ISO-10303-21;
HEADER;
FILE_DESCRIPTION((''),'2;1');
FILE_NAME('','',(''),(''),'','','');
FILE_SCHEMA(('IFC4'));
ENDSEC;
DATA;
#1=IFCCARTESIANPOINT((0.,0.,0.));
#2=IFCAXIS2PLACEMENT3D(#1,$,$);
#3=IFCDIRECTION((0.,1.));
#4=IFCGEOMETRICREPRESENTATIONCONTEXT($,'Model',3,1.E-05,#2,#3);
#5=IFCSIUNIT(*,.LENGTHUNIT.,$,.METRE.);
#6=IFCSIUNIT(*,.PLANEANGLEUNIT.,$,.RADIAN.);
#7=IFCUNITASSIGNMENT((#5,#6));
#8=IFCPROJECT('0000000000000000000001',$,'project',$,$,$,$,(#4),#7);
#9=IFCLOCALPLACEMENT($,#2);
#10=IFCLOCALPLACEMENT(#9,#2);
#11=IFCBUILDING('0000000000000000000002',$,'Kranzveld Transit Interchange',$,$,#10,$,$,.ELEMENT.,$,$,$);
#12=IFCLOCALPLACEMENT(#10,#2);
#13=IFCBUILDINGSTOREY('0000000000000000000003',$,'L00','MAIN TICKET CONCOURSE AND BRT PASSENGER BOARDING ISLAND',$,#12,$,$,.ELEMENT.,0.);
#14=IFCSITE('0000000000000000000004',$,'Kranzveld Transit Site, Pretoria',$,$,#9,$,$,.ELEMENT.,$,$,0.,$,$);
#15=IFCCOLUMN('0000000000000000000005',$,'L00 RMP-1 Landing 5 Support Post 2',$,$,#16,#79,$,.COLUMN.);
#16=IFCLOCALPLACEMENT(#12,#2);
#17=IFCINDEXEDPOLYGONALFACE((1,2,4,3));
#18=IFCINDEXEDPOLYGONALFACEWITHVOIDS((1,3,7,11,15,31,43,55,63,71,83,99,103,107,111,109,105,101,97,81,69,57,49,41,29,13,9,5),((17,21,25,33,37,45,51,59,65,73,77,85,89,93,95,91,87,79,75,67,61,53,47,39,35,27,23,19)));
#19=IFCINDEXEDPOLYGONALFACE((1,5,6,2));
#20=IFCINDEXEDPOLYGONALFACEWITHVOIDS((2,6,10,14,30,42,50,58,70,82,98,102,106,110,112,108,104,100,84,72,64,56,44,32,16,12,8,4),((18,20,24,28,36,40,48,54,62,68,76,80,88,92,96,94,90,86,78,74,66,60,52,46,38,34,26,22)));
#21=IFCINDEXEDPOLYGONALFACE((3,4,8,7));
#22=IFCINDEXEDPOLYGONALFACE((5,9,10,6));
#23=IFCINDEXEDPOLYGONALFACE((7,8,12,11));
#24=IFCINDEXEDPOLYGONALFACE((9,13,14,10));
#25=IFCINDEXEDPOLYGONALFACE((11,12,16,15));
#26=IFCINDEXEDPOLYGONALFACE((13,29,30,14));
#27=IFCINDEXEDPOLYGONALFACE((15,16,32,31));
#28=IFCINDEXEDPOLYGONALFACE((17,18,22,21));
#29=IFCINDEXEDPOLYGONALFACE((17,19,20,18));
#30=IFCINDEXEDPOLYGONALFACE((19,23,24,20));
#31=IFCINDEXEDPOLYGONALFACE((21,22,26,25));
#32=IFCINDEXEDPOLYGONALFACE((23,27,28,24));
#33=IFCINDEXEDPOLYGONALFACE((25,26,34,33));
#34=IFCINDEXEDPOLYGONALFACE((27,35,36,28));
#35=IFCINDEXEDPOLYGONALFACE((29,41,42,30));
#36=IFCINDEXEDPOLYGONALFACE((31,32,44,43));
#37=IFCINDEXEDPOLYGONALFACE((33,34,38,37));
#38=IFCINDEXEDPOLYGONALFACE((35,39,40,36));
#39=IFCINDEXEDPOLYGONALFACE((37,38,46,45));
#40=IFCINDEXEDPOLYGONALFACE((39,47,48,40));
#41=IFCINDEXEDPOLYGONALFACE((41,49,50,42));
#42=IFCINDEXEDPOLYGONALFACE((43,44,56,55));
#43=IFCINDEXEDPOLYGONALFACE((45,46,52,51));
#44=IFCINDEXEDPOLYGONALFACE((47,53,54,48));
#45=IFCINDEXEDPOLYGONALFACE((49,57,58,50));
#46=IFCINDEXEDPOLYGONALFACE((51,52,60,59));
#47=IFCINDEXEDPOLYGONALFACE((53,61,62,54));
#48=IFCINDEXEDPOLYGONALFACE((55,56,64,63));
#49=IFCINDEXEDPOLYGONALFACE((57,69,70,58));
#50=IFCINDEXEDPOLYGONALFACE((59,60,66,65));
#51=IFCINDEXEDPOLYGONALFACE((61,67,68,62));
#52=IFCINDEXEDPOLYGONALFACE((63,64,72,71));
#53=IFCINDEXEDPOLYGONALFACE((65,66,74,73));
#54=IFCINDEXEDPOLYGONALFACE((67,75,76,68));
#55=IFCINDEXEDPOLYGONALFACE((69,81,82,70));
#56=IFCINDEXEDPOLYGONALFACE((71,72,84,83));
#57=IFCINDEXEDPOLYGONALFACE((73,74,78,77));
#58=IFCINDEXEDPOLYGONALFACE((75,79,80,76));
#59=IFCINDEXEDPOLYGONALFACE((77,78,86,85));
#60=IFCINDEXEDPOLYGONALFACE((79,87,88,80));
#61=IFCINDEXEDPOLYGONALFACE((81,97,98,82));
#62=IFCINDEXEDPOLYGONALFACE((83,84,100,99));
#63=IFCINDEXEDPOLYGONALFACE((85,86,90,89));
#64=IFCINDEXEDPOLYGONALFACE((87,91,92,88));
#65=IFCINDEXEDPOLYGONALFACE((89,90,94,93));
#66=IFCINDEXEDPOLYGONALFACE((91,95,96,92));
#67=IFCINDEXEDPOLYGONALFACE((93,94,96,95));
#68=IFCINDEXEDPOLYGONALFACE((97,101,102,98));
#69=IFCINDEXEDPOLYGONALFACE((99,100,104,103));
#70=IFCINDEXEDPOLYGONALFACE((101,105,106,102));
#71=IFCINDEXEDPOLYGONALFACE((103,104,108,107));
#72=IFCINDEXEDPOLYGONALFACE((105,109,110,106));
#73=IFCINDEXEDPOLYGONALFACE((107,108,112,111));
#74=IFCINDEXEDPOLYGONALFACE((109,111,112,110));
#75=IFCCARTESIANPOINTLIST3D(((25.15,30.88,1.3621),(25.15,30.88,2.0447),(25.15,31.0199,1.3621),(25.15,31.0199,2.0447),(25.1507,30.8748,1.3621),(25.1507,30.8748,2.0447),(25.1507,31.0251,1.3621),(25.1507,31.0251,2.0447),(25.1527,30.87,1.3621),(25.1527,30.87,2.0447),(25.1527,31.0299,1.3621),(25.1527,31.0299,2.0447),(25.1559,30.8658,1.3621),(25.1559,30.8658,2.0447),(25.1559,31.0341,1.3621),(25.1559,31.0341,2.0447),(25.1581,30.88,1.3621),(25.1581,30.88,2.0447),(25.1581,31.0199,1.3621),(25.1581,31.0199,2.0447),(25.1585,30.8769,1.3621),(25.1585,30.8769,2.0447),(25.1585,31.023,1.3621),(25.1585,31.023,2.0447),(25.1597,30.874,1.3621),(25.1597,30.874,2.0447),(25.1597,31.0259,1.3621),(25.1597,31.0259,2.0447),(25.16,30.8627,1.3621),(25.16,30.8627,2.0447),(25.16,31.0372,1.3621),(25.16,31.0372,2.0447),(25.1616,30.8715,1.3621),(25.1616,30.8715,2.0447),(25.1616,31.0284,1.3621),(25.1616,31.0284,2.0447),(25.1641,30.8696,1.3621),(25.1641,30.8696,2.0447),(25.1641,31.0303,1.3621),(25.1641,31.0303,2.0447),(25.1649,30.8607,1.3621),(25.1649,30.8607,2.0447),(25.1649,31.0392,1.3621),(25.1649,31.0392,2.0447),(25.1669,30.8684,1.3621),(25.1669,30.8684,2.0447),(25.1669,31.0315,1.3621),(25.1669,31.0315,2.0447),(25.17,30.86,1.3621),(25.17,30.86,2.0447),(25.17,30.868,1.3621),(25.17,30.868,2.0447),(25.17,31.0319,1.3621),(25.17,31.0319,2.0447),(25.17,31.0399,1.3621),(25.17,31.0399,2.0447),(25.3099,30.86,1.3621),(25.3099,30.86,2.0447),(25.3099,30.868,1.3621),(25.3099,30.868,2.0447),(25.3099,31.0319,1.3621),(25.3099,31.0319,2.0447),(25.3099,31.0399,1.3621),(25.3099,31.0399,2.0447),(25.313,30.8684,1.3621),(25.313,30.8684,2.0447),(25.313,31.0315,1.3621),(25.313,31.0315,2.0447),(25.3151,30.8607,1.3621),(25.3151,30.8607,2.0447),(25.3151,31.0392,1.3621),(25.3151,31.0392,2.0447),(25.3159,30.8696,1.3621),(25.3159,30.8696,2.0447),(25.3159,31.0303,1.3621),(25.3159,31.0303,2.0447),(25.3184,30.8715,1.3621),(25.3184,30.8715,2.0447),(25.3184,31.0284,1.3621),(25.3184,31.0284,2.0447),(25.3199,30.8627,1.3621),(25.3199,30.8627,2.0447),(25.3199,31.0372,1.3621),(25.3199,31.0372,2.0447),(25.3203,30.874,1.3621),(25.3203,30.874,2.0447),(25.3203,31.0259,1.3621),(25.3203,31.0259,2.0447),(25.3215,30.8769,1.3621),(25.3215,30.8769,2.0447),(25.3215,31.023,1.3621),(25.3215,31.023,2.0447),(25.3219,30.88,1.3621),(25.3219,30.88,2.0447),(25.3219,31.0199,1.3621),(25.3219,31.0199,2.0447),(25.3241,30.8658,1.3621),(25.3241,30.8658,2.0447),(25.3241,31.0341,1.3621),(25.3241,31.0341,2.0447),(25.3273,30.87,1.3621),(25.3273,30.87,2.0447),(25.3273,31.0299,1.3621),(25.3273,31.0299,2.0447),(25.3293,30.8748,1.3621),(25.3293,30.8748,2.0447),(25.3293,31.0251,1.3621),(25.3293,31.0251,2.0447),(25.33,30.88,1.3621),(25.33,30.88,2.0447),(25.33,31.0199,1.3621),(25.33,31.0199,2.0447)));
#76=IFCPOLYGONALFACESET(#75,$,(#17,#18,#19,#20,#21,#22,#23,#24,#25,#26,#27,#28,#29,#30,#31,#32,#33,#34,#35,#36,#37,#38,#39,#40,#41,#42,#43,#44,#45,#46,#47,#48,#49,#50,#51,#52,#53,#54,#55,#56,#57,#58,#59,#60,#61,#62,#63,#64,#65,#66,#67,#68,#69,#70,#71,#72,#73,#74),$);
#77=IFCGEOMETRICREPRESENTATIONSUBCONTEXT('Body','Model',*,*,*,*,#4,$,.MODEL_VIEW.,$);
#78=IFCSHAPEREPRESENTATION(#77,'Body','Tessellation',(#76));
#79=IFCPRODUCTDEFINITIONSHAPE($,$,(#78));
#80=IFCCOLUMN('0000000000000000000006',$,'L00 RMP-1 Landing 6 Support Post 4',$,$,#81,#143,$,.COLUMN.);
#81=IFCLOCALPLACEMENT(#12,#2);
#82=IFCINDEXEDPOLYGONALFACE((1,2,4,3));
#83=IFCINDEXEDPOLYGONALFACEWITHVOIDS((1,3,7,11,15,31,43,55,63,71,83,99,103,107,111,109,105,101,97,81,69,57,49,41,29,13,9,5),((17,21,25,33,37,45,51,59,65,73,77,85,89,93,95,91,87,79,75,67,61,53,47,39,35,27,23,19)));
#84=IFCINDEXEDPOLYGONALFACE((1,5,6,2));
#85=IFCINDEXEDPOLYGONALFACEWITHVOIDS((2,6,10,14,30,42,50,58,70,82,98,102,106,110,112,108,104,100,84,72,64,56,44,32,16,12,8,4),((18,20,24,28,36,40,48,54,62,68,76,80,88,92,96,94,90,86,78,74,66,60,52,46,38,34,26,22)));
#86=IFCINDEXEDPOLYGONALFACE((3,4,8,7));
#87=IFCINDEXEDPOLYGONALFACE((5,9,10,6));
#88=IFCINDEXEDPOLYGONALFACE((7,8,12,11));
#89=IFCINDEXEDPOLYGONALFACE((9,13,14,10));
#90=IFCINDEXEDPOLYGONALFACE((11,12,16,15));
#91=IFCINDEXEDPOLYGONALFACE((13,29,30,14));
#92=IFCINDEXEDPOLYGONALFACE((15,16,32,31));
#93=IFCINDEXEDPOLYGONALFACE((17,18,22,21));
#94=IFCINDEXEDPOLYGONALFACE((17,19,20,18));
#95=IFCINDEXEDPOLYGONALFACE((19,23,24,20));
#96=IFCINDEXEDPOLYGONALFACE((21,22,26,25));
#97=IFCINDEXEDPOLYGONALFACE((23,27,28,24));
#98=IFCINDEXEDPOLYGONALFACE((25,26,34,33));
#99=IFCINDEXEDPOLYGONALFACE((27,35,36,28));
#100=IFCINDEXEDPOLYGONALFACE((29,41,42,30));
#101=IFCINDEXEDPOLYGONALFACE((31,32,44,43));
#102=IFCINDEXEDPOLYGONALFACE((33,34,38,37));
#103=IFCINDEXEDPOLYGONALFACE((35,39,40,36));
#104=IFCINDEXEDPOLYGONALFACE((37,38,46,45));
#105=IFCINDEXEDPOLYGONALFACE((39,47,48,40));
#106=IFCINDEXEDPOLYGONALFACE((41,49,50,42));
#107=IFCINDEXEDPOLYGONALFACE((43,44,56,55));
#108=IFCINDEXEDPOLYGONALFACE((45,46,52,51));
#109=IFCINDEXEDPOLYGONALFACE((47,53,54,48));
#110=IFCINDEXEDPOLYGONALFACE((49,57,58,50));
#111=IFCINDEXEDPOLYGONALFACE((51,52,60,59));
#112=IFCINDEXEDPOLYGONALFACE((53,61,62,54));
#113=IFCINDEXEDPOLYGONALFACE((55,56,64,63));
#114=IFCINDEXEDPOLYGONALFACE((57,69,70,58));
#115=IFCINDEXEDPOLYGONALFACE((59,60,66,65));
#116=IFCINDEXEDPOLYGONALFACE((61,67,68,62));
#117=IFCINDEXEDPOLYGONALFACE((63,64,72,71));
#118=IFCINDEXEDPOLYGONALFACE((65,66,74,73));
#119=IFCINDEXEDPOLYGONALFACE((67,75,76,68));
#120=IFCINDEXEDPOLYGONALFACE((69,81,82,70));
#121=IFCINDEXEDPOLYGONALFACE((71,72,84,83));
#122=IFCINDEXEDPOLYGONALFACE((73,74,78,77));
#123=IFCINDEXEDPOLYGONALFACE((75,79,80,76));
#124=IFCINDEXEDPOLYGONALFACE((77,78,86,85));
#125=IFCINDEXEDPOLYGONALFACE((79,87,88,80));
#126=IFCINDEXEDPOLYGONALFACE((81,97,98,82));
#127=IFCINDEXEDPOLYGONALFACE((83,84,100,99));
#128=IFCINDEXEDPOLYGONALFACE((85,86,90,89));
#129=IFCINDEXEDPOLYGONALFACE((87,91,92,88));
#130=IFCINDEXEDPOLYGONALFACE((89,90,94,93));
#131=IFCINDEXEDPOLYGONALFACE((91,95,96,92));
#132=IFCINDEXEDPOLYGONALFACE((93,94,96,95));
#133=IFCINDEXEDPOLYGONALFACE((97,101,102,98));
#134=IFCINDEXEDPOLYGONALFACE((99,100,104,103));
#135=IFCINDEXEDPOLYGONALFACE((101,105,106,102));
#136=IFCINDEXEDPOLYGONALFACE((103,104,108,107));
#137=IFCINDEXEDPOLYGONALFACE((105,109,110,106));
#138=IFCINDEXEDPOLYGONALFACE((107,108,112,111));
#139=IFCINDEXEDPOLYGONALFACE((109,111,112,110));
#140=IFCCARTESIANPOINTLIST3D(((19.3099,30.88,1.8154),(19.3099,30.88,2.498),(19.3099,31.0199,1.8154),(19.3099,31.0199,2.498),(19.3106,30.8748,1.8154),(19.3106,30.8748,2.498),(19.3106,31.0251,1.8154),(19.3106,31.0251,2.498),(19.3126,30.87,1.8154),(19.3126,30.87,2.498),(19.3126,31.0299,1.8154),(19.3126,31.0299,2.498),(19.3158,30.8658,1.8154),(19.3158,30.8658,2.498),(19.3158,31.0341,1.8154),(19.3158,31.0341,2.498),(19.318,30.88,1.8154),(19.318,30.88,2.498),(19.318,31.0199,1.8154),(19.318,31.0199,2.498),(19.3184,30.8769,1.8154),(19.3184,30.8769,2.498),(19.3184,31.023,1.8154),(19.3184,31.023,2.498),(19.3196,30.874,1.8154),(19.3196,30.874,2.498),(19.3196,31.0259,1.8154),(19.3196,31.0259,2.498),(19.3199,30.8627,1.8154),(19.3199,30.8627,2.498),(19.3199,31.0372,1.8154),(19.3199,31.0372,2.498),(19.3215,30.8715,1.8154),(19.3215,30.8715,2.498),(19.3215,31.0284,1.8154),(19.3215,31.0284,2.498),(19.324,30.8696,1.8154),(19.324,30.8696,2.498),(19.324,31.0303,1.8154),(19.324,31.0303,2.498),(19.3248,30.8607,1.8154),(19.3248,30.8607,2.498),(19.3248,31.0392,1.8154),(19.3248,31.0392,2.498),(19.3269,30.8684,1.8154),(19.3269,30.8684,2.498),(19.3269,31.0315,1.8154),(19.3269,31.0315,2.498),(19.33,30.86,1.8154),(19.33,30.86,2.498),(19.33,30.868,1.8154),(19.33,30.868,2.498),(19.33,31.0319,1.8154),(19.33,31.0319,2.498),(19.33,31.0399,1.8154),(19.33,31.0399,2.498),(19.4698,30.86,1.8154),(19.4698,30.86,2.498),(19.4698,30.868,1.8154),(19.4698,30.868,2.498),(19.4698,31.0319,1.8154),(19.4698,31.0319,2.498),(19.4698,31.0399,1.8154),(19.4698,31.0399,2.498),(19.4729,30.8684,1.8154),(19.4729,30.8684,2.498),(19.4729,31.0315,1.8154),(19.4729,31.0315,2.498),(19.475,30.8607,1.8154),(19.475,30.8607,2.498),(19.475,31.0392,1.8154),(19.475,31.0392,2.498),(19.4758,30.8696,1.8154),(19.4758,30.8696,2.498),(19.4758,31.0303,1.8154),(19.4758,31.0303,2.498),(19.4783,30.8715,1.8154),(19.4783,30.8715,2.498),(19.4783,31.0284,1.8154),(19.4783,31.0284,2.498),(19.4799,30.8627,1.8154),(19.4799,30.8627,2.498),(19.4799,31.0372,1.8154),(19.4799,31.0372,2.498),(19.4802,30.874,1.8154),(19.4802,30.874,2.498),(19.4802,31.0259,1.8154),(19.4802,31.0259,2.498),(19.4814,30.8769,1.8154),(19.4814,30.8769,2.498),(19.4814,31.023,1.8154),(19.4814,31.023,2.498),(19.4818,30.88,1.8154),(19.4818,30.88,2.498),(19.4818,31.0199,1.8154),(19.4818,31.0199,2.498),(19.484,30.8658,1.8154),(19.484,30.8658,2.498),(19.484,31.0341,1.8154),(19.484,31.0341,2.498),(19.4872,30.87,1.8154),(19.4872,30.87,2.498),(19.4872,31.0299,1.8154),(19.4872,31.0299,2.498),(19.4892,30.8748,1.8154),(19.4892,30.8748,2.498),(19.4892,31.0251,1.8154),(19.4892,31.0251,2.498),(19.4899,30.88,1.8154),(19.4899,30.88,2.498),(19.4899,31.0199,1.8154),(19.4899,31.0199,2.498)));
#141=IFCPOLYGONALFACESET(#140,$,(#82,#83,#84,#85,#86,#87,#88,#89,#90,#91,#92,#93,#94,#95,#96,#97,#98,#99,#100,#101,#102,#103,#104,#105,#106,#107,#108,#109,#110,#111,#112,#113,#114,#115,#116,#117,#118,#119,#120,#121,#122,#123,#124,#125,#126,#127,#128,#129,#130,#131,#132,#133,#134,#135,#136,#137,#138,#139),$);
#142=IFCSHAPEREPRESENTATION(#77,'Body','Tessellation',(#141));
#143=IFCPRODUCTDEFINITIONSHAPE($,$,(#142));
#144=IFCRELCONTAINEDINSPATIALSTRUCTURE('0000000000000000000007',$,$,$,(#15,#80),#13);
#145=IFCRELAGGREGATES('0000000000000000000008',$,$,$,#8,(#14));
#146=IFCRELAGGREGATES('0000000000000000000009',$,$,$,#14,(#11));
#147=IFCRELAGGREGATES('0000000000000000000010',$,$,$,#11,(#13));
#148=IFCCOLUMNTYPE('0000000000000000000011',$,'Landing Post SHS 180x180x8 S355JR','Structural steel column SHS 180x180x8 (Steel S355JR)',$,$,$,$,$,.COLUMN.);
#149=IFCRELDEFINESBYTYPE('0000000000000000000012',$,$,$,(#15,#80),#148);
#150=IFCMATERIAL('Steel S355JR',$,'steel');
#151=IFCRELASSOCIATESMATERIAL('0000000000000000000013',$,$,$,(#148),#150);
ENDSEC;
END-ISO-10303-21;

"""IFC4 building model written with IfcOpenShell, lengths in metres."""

from ifc_helpers import new_model, si_unit, direction, frame, origin, origin_2d, place, context, subcontext, project, spatial, hollow_rectangle, extrude, material, material_profile, profile_set, type_object, element, save


model = new_model("IFC4")

# Units and contexts
model_context = context("Model", 3, precision=1e-05, world=origin(), true_north=direction((0.0, 1.0)))
body_context = subcontext(model_context, "Body", "Model", "MODEL_VIEW")
ifc_project = project(units=[si_unit("LENGTHUNIT", "METRE"), si_unit("PLANEANGLEUNIT", "RADIAN")], contexts=[model_context])

# Site, building, storey
site_placement = place(None, origin())
site = spatial("IfcSite", under=ifc_project, at=site_placement, Name="Kranzveld Transit Site, Pretoria", CompositionType="ELEMENT", RefElevation=0.0)
building_placement = place(site_placement, origin())
building = spatial("IfcBuilding", under=site, at=building_placement, Name="Kranzveld Transit Interchange", CompositionType="ELEMENT")
storey_placement = place(building_placement, origin())
storey = spatial("IfcBuildingStorey", under=building, at=storey_placement, Name="L00", Description="MAIN TICKET CONCOURSE AND BRT PASSENGER BOARDING ISLAND", CompositionType="ELEMENT", Elevation=0.0)

# Columns
ifc_material_1 = material(Name="Steel S355JR", Category="steel")
ifc_material_profile_1 = material_profile(ifc_material_1, hollow_rectangle(XDim=0.1799, YDim=0.1799, WallThickness=0.0081, InnerFilletRadius=0.012, OuterFilletRadius=0.02, at=origin_2d()), Name="SHS 180x180x8")
ifc_profile_set_1 = profile_set([ifc_material_profile_1], Name="Steel S355JR")
column_type = type_object("IfcColumnType", Name="Landing Post SHS 180x180x8 S355JR", Description="Structural steel column SHS 180x180x8 (Steel S355JR)", PredefinedType="COLUMN", material=ifc_profile_set_1)
for number, where, z_axis, x_axis, name in (
    (1, (25.24, 30.95, 1.3621), (0.0, 0.0, 1.0), (1.0, 0.0, 0.0), "L00 RMP-1 Landing 5 Support Post 2"),
    (2, (19.3999, 30.95, 1.8154), (0.0, 0.0, 1.0), (1.0, 0.0, 0.0), "L00 RMP-1 Landing 6 Support Post 4"),
):
    element("IfcColumn", number, at=place(storey_placement, frame(where, z_axis=z_axis, x_axis=x_axis)), inside=storey, type_object=column_type, Name=name, PredefinedType="COLUMN", context=body_context, shape_type="SweptSolid", body=[
        extrude(hollow_rectangle(XDim=0.1799, YDim=0.1799, WallThickness=0.0081, InnerFilletRadius=0.012, OuterFilletRadius=0.02, at=origin_2d()), origin(), (0.0, 0.0, 1.0), 0.6826),
    ])

save(model, "model.ifc")
